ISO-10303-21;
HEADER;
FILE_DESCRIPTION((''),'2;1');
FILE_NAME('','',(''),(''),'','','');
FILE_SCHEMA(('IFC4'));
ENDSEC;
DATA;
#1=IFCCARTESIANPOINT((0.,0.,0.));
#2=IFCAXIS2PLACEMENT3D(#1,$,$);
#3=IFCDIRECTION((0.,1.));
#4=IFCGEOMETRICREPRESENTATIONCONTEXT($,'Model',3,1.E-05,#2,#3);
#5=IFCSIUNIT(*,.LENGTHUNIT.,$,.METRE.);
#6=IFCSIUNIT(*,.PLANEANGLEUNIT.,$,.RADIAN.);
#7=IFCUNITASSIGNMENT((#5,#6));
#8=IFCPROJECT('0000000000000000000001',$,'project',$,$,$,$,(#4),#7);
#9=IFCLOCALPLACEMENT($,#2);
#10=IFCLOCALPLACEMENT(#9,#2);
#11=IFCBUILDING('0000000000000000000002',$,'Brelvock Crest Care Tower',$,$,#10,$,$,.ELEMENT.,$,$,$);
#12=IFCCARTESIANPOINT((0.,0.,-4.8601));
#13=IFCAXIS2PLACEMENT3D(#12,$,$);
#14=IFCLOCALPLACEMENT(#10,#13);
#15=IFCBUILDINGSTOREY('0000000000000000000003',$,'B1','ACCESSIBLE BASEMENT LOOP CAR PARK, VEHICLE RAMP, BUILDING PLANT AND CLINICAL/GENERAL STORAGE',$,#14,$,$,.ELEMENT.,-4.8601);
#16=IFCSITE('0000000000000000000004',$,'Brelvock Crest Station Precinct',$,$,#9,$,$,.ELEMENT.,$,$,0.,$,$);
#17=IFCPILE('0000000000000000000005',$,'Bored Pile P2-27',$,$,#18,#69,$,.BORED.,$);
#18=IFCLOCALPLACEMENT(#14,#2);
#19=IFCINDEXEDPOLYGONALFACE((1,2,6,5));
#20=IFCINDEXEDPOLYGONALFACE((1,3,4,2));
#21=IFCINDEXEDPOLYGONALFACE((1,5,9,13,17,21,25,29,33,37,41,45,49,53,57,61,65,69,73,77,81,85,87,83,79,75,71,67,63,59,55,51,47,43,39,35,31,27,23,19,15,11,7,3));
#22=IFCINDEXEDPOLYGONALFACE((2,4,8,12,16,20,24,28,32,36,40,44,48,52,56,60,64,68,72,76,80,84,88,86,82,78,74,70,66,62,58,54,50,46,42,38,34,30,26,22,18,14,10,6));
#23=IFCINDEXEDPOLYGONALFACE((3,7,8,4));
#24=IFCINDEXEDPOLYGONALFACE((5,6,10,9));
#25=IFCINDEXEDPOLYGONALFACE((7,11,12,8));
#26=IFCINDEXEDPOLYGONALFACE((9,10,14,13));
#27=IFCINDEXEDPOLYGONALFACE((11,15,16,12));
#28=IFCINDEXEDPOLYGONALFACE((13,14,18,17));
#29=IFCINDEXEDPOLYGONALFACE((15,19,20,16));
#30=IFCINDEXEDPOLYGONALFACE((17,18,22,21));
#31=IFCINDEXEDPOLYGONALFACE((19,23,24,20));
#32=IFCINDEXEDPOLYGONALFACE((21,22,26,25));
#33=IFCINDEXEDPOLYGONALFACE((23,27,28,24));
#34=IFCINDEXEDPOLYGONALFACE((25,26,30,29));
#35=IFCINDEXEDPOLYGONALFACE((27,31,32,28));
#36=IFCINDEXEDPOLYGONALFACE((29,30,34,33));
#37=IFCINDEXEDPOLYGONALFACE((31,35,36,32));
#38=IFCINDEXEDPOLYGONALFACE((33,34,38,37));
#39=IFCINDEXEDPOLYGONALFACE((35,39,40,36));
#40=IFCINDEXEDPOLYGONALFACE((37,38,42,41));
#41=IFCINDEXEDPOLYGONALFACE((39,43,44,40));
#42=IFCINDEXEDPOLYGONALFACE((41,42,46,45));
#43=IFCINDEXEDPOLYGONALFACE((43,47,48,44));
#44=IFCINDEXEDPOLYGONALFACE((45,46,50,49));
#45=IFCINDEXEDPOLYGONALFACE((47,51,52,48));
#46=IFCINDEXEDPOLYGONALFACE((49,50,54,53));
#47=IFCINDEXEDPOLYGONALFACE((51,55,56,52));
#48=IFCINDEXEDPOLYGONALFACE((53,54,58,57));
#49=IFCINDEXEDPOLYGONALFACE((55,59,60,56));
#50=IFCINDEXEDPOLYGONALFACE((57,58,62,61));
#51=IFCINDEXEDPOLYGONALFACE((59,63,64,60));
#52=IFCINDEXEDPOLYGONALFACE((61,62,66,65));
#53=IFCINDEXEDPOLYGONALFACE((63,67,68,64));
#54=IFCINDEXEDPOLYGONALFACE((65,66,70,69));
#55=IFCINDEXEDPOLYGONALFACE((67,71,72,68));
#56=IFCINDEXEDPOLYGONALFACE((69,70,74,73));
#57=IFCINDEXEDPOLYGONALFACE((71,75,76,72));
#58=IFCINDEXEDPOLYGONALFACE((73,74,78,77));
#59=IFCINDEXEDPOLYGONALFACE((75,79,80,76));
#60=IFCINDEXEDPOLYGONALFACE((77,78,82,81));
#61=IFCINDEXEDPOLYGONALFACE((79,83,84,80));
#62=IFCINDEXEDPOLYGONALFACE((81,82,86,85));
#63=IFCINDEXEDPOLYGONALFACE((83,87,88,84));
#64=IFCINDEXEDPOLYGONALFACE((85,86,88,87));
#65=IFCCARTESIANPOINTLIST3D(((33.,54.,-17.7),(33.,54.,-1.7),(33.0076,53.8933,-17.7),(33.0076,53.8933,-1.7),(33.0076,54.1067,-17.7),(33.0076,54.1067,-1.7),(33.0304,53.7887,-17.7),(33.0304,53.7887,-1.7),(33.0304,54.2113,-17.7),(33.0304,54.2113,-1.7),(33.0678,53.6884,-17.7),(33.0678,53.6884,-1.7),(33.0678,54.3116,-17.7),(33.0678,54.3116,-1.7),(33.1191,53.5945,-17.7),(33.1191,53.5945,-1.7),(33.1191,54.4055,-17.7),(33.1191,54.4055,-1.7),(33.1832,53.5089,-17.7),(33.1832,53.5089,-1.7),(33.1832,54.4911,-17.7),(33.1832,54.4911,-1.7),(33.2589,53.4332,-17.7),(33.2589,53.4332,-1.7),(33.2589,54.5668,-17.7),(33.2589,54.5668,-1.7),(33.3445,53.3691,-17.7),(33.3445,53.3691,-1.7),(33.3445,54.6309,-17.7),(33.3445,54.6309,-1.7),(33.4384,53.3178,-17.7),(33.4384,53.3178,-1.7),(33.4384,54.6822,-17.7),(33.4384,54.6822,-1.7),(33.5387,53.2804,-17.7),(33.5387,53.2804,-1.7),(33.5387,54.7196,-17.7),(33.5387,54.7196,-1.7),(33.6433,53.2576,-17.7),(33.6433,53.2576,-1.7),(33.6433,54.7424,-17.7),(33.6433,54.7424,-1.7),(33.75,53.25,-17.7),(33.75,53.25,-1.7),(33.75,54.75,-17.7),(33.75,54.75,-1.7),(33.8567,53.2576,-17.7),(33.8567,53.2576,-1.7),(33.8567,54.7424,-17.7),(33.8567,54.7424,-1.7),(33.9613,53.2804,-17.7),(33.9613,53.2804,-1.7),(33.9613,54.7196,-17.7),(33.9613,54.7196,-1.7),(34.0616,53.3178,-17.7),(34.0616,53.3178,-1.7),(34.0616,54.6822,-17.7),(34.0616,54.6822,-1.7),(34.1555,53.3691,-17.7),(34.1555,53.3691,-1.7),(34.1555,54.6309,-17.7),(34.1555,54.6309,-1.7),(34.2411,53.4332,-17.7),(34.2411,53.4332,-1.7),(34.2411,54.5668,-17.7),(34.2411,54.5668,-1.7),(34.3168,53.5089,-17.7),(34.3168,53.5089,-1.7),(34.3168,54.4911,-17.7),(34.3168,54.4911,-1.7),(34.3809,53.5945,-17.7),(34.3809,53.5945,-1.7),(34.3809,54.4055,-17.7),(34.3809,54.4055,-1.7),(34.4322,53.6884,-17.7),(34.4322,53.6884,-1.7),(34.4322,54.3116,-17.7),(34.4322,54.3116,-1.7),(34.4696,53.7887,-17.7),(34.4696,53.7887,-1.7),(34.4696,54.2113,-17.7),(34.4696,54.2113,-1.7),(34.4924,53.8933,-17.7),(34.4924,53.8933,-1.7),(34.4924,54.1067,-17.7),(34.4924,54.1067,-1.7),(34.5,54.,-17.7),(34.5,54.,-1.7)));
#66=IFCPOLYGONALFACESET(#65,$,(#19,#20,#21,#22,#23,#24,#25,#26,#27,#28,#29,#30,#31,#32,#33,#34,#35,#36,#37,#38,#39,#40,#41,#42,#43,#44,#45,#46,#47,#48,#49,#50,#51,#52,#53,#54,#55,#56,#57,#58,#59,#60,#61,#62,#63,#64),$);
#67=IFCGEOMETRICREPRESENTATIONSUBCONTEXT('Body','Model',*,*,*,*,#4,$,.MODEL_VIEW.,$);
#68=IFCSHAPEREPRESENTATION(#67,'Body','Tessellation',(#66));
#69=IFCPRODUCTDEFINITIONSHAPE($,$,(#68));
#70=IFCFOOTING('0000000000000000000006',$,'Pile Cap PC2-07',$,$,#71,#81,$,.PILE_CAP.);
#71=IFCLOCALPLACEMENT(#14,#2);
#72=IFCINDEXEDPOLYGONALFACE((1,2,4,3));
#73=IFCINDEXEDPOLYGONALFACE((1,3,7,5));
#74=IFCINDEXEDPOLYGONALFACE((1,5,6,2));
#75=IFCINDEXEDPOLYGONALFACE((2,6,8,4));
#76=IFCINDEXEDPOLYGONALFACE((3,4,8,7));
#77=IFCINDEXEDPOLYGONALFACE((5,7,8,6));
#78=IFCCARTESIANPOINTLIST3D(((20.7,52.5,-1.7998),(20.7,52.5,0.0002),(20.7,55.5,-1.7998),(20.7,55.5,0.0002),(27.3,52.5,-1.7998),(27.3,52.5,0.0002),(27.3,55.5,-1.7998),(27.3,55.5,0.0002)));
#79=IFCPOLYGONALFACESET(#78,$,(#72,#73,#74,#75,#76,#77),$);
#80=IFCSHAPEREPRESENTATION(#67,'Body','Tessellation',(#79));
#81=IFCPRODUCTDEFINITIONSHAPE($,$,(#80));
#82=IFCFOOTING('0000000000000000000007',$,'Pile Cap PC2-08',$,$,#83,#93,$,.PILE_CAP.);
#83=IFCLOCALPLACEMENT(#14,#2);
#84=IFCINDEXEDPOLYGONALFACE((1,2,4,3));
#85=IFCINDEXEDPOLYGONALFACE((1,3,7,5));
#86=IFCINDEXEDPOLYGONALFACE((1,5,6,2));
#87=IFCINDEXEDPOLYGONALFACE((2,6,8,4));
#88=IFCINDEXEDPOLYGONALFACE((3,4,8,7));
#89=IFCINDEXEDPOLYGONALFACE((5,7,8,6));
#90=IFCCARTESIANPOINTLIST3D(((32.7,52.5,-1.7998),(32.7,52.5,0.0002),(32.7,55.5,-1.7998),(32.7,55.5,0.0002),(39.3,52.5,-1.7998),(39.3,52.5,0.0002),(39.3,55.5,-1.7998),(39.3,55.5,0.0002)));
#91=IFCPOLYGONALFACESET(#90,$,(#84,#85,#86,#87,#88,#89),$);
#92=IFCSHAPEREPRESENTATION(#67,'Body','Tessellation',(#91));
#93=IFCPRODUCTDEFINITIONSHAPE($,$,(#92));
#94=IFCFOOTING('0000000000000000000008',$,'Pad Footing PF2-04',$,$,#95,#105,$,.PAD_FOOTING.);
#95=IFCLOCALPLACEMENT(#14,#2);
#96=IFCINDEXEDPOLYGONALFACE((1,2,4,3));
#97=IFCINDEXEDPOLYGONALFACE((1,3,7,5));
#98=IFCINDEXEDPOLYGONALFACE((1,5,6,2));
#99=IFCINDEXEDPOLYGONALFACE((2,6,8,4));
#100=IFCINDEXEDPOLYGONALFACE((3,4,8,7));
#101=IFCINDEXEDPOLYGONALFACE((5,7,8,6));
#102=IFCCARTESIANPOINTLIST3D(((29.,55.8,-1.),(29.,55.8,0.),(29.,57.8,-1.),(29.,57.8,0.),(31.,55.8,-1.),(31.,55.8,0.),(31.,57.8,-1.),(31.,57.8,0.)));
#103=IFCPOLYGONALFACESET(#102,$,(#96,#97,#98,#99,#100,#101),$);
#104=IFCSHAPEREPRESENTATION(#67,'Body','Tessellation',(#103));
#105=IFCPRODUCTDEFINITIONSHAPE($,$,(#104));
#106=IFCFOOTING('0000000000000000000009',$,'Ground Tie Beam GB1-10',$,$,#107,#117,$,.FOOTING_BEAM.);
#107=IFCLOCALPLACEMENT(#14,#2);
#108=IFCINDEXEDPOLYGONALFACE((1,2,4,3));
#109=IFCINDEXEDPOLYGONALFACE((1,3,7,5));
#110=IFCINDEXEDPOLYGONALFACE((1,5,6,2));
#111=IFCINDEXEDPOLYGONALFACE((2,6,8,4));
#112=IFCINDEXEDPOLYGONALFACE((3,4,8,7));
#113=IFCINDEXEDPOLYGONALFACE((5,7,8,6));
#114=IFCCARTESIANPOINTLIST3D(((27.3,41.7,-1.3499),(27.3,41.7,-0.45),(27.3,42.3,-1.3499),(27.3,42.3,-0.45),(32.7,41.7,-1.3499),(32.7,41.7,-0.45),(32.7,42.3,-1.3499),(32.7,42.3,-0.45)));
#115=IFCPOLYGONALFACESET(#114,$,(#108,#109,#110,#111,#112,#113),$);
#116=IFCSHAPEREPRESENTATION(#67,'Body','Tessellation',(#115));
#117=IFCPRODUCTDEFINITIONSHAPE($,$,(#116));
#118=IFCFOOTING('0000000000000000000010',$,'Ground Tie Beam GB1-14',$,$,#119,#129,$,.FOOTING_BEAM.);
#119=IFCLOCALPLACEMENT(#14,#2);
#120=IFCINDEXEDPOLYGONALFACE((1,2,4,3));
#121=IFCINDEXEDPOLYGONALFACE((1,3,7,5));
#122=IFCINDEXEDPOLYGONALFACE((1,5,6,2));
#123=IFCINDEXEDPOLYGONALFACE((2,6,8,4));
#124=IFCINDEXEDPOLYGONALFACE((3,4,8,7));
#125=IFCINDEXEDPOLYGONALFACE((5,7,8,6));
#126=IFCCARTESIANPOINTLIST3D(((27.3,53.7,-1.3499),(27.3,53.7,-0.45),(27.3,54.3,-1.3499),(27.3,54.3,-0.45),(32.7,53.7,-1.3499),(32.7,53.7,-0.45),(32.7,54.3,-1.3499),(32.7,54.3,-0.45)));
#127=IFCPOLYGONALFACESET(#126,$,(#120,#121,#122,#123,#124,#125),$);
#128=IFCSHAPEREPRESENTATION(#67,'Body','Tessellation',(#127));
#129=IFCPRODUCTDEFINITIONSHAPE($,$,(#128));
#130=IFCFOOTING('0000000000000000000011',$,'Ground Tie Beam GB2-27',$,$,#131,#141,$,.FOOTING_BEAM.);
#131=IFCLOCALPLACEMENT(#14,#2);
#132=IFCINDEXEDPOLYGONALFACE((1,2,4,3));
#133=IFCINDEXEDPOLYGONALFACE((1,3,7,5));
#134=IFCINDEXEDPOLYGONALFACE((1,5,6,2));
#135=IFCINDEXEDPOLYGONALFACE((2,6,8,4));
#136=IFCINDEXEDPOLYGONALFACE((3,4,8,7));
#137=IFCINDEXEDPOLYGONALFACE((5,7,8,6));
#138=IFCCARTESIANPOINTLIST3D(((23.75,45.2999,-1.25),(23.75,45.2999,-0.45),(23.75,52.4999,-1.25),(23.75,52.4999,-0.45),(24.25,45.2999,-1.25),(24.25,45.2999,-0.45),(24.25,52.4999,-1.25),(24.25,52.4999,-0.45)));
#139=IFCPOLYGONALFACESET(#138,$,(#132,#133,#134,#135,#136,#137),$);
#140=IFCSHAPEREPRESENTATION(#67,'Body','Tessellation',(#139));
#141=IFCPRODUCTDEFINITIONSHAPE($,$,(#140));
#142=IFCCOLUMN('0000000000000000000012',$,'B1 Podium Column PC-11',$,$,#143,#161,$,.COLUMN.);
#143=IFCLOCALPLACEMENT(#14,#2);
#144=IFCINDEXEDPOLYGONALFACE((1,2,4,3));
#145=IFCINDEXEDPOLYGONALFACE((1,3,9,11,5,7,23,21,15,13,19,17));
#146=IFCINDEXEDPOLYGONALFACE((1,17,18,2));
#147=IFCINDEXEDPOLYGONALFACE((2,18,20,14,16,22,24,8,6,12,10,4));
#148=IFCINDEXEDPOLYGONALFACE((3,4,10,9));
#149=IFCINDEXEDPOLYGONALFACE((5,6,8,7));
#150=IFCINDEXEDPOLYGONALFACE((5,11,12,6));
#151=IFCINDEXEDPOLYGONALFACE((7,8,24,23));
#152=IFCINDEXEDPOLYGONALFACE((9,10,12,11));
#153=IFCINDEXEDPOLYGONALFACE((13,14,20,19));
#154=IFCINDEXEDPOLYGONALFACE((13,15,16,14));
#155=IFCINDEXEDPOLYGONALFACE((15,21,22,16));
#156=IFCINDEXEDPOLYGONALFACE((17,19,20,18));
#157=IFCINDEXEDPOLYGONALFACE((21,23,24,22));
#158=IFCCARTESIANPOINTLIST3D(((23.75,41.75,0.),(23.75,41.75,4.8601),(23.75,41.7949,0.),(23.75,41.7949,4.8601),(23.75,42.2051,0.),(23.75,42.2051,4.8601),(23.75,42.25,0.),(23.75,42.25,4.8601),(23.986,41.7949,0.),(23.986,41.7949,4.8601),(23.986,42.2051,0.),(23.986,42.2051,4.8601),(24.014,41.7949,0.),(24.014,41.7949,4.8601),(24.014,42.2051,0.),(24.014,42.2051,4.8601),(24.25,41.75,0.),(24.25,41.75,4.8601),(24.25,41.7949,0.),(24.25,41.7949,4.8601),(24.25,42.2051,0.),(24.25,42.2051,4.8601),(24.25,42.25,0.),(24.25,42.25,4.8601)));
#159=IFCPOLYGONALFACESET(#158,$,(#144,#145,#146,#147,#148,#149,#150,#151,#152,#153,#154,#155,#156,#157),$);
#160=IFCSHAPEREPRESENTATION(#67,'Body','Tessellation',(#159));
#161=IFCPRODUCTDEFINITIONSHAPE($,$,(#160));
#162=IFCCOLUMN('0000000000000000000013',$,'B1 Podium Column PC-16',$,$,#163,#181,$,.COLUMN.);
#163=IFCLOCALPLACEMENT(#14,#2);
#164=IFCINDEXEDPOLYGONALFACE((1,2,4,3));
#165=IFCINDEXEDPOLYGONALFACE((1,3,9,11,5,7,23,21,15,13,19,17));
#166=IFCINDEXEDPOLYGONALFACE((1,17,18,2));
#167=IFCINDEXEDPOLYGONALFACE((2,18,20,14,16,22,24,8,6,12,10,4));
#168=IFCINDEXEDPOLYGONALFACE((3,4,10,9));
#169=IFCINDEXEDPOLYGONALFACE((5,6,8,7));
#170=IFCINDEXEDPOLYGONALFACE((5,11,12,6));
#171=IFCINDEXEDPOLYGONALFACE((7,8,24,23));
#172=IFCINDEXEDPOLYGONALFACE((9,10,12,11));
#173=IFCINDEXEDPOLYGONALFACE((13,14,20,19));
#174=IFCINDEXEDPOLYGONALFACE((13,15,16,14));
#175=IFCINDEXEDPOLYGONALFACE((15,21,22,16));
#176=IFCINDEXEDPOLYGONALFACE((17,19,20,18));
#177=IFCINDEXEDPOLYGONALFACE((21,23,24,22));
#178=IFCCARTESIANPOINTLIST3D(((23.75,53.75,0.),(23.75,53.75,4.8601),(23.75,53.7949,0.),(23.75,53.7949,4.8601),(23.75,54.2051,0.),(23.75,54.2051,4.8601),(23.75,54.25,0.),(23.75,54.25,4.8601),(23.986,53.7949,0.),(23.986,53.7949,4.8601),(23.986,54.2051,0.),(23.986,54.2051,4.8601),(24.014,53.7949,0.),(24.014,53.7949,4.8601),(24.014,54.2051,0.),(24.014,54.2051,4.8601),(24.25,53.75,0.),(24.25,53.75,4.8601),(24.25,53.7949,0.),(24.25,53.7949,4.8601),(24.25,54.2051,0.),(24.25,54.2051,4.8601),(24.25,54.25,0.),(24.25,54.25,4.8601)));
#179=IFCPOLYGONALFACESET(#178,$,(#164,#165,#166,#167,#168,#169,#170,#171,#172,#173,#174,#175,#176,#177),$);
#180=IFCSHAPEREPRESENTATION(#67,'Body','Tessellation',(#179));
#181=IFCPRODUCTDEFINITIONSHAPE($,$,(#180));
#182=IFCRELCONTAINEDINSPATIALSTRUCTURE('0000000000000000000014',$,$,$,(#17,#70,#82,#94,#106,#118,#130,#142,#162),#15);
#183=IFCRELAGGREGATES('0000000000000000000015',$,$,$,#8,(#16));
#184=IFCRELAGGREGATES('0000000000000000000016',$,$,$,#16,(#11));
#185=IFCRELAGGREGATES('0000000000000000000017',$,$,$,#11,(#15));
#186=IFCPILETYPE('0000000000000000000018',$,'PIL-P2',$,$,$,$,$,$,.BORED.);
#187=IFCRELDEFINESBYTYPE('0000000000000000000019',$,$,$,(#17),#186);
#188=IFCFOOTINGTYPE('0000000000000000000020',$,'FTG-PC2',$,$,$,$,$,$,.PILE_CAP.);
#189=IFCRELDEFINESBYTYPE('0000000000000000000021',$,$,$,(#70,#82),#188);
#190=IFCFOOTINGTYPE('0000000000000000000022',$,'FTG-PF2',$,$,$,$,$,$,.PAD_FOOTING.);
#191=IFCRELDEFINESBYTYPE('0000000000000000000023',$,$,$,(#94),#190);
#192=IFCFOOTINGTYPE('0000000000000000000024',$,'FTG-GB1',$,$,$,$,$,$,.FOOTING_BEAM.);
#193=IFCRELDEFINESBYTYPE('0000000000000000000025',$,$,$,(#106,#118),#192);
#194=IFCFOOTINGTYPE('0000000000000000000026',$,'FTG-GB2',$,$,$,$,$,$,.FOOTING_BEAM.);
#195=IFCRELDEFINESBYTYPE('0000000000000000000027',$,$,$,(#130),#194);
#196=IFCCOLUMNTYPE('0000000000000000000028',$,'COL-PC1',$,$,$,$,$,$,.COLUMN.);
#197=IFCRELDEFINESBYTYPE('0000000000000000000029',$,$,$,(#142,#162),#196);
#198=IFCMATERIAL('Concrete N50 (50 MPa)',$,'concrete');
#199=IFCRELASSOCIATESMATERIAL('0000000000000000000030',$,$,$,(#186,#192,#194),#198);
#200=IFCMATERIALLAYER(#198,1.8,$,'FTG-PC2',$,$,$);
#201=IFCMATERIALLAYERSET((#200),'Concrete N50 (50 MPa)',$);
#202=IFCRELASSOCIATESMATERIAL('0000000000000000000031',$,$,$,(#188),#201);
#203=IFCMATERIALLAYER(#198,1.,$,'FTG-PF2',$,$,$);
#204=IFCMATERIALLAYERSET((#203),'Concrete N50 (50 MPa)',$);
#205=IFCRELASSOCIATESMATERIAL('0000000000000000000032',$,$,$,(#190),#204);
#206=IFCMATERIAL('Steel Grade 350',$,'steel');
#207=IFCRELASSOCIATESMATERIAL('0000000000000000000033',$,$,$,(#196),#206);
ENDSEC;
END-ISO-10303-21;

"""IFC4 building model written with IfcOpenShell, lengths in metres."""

from ifc_helpers import new_model, si_unit, direction, frame, origin, origin_2d, place, context, subcontext, project, spatial, rectangle, circle, i_section, extrude, source, transform, mapped, material, layer, layer_set, material_profile, profile_set, type_object, element, save


model = new_model("IFC4")

# Units and contexts
model_context = context("Model", 3, precision=1e-05, world=origin(), true_north=direction((0.0, 1.0)))
body_context = subcontext(model_context, "Body", "Model", "MODEL_VIEW")
ifc_project = project(units=[si_unit("LENGTHUNIT", "METRE"), si_unit("PLANEANGLEUNIT", "RADIAN")], contexts=[model_context])

# Site, building, storey
site_placement = place(None, origin())
site = spatial("IfcSite", under=ifc_project, at=site_placement, Name="Brelvock Crest Station Precinct", CompositionType="ELEMENT", RefElevation=0.0)
building_placement = place(site_placement, origin())
building = spatial("IfcBuilding", under=site, at=building_placement, Name="Brelvock Crest Care Tower", CompositionType="ELEMENT")
storey_placement = place(building_placement, frame((0.0, 0.0, -4.8601)))
storey = spatial("IfcBuildingStorey", under=building, at=storey_placement, Name="B1", Description="ACCESSIBLE BASEMENT LOOP CAR PARK, VEHICLE RAMP, BUILDING PLANT AND CLINICAL/GENERAL STORAGE", CompositionType="ELEMENT", Elevation=-4.8601)

# Shared definitions
ifc_material_1 = material(Name="Concrete N50 (50 MPa)", Category="concrete")

# Pile
ifc_material_profile_1 = material_profile(ifc_material_1, circle(Radius=0.75, at=origin_2d()), Name="BORED PILE D1500")
ifc_profile_set_1 = profile_set([ifc_material_profile_1], Name="Concrete N50 (50 MPa)")
pile_type = type_object("IfcPileType", Name="PIL-P2", PredefinedType="BORED", material=ifc_profile_set_1)
shared_shape_1 = source(origin(), body_context, "Body", "SweptSolid", [
    extrude(circle(Radius=0.75, at=origin_2d()), origin(), (0.0, 0.0, 1.0), 16.0),
])
for number, where, z_axis, x_axis, name in (
    (1, (33.75, 54.0, -1.7), (0.0, 0.0, -1.0), (1.0, 0.0, 0.0), "Bored Pile P2-27"),
):
    element("IfcPile", number, at=place(storey_placement, frame(where, z_axis=z_axis, x_axis=x_axis)), inside=storey, type_object=pile_type, Name=name, PredefinedType="BORED", context=body_context, shape_type="MappedRepresentation", body=[
        mapped(shared_shape_1, transform((0.0, 0.0, 0.0), x_axis=(1.0, 0.0, 0.0), y_axis=(0.0, 1.0, 0.0), z_axis=(0.0, 0.0, 1.0), scale=1.0)),
    ])

# Footings
ifc_layer_1 = layer(ifc_material_1, 1.8, Name="FTG-PC2")
ifc_layer_set_1 = layer_set([ifc_layer_1], Name="Concrete N50 (50 MPa)")
footing_type_1 = type_object("IfcFootingType", Name="FTG-PC2", PredefinedType="PILE_CAP", material=ifc_layer_set_1)
shared_shape_2 = source(origin(), body_context, "Body", "SweptSolid", [
    extrude(rectangle(XDim=6.6001, YDim=3.0, at=origin_2d()), origin(), (0.0, 0.0, 1.0), 1.8),
])
for number, where, z_axis, x_axis, name in (
    (2, (24.0, 54.0, -1.7998), (0.0, 0.0, 1.0), (1.0, 0.0, 0.0), "Pile Cap PC2-07"),
    (3, (36.0, 54.0, -1.7998), (0.0, 0.0, 1.0), (1.0, 0.0, 0.0), "Pile Cap PC2-08"),
):
    element("IfcFooting", number, at=place(storey_placement, frame(where, z_axis=z_axis, x_axis=x_axis)), inside=storey, type_object=footing_type_1, Name=name, PredefinedType="PILE_CAP", context=body_context, shape_type="MappedRepresentation", body=[
        mapped(shared_shape_2, transform((0.0, 0.0, 0.0), x_axis=(1.0, 0.0, 0.0), y_axis=(0.0, 1.0, 0.0), z_axis=(0.0, 0.0, 1.0), scale=1.0)),
    ])
ifc_layer_2 = layer(ifc_material_1, 1.0, Name="FTG-PF2")
ifc_layer_set_2 = layer_set([ifc_layer_2], Name="Concrete N50 (50 MPa)")
footing_type_2 = type_object("IfcFootingType", Name="FTG-PF2", PredefinedType="PAD_FOOTING", material=ifc_layer_set_2)
shared_shape_3 = source(origin(), body_context, "Body", "SweptSolid", [
    extrude(rectangle(XDim=2.0, YDim=2.0, at=origin_2d()), origin(), (0.0, 0.0, 1.0), 1.0),
])
footing_1_placement = place(storey_placement, frame((30.0, 56.8, -1.0), z_axis=(0.0, 0.0, 1.0), x_axis=(1.0, 0.0, 0.0)))
element("IfcFooting", 4, at=footing_1_placement, inside=storey, type_object=footing_type_2, Name="Pad Footing PF2-04", PredefinedType="PAD_FOOTING", context=body_context, shape_type="MappedRepresentation", body=[
    mapped(shared_shape_3, transform((0.0, 0.0, 0.0), x_axis=(1.0, 0.0, 0.0), y_axis=(0.0, 1.0, 0.0), z_axis=(0.0, 0.0, 1.0), scale=1.0)),
])
footing_type_3 = type_object("IfcFootingType", Name="FTG-GB1", PredefinedType="FOOTING_BEAM", material=ifc_material_1)
shared_shape_4 = source(origin(), body_context, "Body", "SweptSolid", [
    extrude(rectangle(XDim=5.3999, YDim=0.6001, at=origin_2d()), origin(), (0.0, 0.0, 1.0), 0.8999),
])
for number, where, z_axis, x_axis, name in (
    (5, (30.0, 42.0, -1.3499), (0.0, 0.0, 1.0), (1.0, 0.0, 0.0), "Ground Tie Beam GB1-10"),
    (6, (30.0, 54.0, -1.3499), (0.0, 0.0, 1.0), (1.0, 0.0, 0.0), "Ground Tie Beam GB1-14"),
):
    element("IfcFooting", number, at=place(storey_placement, frame(where, z_axis=z_axis, x_axis=x_axis)), inside=storey, type_object=footing_type_3, Name=name, PredefinedType="FOOTING_BEAM", context=body_context, shape_type="MappedRepresentation", body=[
        mapped(shared_shape_4, transform((0.0, 0.0, 0.0), x_axis=(1.0, 0.0, 0.0), y_axis=(0.0, 1.0, 0.0), z_axis=(0.0, 0.0, 1.0), scale=1.0)),
    ])
footing_type_4 = type_object("IfcFootingType", Name="FTG-GB2", PredefinedType="FOOTING_BEAM", material=ifc_material_1)
shared_shape_5 = source(origin(), body_context, "Body", "SweptSolid", [
    extrude(rectangle(XDim=7.2, YDim=0.5, at=origin_2d()), origin(), (0.0, 0.0, 1.0), 0.8),
])
footing_2_placement = place(storey_placement, frame((24.0, 48.8999, -1.25), z_axis=(0.0, 0.0, 1.0), x_axis=(0.0, 1.0, 0.0)))
element("IfcFooting", 7, at=footing_2_placement, inside=storey, type_object=footing_type_4, Name="Ground Tie Beam GB2-27", PredefinedType="FOOTING_BEAM", context=body_context, shape_type="MappedRepresentation", body=[
    mapped(shared_shape_5, transform((0.0, 0.0, 0.0), x_axis=(1.0, 0.0, 0.0), y_axis=(0.0, 1.0, 0.0), z_axis=(0.0, 0.0, 1.0), scale=1.0)),
])

# Columns
ifc_material_2 = material(Name="Steel Grade 350", Category="steel")
ifc_material_profile_2 = material_profile(ifc_material_2, i_section(OverallWidth=0.5, OverallDepth=0.5, WebThickness=0.0281, FlangeThickness=0.0449, at=origin_2d()), Name="500WC440")
ifc_profile_set_2 = profile_set([ifc_material_profile_2], Name="Steel Grade 350")
column_type_1 = type_object("IfcColumnType", Name="COL-PC1", PredefinedType="COLUMN", material=ifc_profile_set_2)
shared_shape_6 = source(origin(), body_context, "Body", "SweptSolid", [
    extrude(i_section(OverallWidth=0.5, OverallDepth=0.5, WebThickness=0.0281, FlangeThickness=0.0449, at=origin_2d()), origin(), (0.0, 0.0, 1.0), 4.8601),
])
for number, where, z_axis, x_axis, name in (
    (8, (24.0, 42.0, 0.0), (0.0, 0.0, 1.0), (1.0, 0.0, 0.0), "B1 Podium Column PC-11"),
    (9, (24.0, 54.0, 0.0), (0.0, 0.0, 1.0), (1.0, 0.0, 0.0), "B1 Podium Column PC-16"),
):
    element("IfcColumn", number, at=place(storey_placement, frame(where, z_axis=z_axis, x_axis=x_axis)), inside=storey, type_object=column_type_1, Name=name, PredefinedType="COLUMN", context=body_context, shape_type="MappedRepresentation", body=[
        mapped(shared_shape_6, transform((0.0, 0.0, 0.0), x_axis=(1.0, 0.0, 0.0), y_axis=(0.0, 1.0, 0.0), z_axis=(0.0, 0.0, 1.0), scale=1.0)),
    ])

save(model, "model.ifc")
